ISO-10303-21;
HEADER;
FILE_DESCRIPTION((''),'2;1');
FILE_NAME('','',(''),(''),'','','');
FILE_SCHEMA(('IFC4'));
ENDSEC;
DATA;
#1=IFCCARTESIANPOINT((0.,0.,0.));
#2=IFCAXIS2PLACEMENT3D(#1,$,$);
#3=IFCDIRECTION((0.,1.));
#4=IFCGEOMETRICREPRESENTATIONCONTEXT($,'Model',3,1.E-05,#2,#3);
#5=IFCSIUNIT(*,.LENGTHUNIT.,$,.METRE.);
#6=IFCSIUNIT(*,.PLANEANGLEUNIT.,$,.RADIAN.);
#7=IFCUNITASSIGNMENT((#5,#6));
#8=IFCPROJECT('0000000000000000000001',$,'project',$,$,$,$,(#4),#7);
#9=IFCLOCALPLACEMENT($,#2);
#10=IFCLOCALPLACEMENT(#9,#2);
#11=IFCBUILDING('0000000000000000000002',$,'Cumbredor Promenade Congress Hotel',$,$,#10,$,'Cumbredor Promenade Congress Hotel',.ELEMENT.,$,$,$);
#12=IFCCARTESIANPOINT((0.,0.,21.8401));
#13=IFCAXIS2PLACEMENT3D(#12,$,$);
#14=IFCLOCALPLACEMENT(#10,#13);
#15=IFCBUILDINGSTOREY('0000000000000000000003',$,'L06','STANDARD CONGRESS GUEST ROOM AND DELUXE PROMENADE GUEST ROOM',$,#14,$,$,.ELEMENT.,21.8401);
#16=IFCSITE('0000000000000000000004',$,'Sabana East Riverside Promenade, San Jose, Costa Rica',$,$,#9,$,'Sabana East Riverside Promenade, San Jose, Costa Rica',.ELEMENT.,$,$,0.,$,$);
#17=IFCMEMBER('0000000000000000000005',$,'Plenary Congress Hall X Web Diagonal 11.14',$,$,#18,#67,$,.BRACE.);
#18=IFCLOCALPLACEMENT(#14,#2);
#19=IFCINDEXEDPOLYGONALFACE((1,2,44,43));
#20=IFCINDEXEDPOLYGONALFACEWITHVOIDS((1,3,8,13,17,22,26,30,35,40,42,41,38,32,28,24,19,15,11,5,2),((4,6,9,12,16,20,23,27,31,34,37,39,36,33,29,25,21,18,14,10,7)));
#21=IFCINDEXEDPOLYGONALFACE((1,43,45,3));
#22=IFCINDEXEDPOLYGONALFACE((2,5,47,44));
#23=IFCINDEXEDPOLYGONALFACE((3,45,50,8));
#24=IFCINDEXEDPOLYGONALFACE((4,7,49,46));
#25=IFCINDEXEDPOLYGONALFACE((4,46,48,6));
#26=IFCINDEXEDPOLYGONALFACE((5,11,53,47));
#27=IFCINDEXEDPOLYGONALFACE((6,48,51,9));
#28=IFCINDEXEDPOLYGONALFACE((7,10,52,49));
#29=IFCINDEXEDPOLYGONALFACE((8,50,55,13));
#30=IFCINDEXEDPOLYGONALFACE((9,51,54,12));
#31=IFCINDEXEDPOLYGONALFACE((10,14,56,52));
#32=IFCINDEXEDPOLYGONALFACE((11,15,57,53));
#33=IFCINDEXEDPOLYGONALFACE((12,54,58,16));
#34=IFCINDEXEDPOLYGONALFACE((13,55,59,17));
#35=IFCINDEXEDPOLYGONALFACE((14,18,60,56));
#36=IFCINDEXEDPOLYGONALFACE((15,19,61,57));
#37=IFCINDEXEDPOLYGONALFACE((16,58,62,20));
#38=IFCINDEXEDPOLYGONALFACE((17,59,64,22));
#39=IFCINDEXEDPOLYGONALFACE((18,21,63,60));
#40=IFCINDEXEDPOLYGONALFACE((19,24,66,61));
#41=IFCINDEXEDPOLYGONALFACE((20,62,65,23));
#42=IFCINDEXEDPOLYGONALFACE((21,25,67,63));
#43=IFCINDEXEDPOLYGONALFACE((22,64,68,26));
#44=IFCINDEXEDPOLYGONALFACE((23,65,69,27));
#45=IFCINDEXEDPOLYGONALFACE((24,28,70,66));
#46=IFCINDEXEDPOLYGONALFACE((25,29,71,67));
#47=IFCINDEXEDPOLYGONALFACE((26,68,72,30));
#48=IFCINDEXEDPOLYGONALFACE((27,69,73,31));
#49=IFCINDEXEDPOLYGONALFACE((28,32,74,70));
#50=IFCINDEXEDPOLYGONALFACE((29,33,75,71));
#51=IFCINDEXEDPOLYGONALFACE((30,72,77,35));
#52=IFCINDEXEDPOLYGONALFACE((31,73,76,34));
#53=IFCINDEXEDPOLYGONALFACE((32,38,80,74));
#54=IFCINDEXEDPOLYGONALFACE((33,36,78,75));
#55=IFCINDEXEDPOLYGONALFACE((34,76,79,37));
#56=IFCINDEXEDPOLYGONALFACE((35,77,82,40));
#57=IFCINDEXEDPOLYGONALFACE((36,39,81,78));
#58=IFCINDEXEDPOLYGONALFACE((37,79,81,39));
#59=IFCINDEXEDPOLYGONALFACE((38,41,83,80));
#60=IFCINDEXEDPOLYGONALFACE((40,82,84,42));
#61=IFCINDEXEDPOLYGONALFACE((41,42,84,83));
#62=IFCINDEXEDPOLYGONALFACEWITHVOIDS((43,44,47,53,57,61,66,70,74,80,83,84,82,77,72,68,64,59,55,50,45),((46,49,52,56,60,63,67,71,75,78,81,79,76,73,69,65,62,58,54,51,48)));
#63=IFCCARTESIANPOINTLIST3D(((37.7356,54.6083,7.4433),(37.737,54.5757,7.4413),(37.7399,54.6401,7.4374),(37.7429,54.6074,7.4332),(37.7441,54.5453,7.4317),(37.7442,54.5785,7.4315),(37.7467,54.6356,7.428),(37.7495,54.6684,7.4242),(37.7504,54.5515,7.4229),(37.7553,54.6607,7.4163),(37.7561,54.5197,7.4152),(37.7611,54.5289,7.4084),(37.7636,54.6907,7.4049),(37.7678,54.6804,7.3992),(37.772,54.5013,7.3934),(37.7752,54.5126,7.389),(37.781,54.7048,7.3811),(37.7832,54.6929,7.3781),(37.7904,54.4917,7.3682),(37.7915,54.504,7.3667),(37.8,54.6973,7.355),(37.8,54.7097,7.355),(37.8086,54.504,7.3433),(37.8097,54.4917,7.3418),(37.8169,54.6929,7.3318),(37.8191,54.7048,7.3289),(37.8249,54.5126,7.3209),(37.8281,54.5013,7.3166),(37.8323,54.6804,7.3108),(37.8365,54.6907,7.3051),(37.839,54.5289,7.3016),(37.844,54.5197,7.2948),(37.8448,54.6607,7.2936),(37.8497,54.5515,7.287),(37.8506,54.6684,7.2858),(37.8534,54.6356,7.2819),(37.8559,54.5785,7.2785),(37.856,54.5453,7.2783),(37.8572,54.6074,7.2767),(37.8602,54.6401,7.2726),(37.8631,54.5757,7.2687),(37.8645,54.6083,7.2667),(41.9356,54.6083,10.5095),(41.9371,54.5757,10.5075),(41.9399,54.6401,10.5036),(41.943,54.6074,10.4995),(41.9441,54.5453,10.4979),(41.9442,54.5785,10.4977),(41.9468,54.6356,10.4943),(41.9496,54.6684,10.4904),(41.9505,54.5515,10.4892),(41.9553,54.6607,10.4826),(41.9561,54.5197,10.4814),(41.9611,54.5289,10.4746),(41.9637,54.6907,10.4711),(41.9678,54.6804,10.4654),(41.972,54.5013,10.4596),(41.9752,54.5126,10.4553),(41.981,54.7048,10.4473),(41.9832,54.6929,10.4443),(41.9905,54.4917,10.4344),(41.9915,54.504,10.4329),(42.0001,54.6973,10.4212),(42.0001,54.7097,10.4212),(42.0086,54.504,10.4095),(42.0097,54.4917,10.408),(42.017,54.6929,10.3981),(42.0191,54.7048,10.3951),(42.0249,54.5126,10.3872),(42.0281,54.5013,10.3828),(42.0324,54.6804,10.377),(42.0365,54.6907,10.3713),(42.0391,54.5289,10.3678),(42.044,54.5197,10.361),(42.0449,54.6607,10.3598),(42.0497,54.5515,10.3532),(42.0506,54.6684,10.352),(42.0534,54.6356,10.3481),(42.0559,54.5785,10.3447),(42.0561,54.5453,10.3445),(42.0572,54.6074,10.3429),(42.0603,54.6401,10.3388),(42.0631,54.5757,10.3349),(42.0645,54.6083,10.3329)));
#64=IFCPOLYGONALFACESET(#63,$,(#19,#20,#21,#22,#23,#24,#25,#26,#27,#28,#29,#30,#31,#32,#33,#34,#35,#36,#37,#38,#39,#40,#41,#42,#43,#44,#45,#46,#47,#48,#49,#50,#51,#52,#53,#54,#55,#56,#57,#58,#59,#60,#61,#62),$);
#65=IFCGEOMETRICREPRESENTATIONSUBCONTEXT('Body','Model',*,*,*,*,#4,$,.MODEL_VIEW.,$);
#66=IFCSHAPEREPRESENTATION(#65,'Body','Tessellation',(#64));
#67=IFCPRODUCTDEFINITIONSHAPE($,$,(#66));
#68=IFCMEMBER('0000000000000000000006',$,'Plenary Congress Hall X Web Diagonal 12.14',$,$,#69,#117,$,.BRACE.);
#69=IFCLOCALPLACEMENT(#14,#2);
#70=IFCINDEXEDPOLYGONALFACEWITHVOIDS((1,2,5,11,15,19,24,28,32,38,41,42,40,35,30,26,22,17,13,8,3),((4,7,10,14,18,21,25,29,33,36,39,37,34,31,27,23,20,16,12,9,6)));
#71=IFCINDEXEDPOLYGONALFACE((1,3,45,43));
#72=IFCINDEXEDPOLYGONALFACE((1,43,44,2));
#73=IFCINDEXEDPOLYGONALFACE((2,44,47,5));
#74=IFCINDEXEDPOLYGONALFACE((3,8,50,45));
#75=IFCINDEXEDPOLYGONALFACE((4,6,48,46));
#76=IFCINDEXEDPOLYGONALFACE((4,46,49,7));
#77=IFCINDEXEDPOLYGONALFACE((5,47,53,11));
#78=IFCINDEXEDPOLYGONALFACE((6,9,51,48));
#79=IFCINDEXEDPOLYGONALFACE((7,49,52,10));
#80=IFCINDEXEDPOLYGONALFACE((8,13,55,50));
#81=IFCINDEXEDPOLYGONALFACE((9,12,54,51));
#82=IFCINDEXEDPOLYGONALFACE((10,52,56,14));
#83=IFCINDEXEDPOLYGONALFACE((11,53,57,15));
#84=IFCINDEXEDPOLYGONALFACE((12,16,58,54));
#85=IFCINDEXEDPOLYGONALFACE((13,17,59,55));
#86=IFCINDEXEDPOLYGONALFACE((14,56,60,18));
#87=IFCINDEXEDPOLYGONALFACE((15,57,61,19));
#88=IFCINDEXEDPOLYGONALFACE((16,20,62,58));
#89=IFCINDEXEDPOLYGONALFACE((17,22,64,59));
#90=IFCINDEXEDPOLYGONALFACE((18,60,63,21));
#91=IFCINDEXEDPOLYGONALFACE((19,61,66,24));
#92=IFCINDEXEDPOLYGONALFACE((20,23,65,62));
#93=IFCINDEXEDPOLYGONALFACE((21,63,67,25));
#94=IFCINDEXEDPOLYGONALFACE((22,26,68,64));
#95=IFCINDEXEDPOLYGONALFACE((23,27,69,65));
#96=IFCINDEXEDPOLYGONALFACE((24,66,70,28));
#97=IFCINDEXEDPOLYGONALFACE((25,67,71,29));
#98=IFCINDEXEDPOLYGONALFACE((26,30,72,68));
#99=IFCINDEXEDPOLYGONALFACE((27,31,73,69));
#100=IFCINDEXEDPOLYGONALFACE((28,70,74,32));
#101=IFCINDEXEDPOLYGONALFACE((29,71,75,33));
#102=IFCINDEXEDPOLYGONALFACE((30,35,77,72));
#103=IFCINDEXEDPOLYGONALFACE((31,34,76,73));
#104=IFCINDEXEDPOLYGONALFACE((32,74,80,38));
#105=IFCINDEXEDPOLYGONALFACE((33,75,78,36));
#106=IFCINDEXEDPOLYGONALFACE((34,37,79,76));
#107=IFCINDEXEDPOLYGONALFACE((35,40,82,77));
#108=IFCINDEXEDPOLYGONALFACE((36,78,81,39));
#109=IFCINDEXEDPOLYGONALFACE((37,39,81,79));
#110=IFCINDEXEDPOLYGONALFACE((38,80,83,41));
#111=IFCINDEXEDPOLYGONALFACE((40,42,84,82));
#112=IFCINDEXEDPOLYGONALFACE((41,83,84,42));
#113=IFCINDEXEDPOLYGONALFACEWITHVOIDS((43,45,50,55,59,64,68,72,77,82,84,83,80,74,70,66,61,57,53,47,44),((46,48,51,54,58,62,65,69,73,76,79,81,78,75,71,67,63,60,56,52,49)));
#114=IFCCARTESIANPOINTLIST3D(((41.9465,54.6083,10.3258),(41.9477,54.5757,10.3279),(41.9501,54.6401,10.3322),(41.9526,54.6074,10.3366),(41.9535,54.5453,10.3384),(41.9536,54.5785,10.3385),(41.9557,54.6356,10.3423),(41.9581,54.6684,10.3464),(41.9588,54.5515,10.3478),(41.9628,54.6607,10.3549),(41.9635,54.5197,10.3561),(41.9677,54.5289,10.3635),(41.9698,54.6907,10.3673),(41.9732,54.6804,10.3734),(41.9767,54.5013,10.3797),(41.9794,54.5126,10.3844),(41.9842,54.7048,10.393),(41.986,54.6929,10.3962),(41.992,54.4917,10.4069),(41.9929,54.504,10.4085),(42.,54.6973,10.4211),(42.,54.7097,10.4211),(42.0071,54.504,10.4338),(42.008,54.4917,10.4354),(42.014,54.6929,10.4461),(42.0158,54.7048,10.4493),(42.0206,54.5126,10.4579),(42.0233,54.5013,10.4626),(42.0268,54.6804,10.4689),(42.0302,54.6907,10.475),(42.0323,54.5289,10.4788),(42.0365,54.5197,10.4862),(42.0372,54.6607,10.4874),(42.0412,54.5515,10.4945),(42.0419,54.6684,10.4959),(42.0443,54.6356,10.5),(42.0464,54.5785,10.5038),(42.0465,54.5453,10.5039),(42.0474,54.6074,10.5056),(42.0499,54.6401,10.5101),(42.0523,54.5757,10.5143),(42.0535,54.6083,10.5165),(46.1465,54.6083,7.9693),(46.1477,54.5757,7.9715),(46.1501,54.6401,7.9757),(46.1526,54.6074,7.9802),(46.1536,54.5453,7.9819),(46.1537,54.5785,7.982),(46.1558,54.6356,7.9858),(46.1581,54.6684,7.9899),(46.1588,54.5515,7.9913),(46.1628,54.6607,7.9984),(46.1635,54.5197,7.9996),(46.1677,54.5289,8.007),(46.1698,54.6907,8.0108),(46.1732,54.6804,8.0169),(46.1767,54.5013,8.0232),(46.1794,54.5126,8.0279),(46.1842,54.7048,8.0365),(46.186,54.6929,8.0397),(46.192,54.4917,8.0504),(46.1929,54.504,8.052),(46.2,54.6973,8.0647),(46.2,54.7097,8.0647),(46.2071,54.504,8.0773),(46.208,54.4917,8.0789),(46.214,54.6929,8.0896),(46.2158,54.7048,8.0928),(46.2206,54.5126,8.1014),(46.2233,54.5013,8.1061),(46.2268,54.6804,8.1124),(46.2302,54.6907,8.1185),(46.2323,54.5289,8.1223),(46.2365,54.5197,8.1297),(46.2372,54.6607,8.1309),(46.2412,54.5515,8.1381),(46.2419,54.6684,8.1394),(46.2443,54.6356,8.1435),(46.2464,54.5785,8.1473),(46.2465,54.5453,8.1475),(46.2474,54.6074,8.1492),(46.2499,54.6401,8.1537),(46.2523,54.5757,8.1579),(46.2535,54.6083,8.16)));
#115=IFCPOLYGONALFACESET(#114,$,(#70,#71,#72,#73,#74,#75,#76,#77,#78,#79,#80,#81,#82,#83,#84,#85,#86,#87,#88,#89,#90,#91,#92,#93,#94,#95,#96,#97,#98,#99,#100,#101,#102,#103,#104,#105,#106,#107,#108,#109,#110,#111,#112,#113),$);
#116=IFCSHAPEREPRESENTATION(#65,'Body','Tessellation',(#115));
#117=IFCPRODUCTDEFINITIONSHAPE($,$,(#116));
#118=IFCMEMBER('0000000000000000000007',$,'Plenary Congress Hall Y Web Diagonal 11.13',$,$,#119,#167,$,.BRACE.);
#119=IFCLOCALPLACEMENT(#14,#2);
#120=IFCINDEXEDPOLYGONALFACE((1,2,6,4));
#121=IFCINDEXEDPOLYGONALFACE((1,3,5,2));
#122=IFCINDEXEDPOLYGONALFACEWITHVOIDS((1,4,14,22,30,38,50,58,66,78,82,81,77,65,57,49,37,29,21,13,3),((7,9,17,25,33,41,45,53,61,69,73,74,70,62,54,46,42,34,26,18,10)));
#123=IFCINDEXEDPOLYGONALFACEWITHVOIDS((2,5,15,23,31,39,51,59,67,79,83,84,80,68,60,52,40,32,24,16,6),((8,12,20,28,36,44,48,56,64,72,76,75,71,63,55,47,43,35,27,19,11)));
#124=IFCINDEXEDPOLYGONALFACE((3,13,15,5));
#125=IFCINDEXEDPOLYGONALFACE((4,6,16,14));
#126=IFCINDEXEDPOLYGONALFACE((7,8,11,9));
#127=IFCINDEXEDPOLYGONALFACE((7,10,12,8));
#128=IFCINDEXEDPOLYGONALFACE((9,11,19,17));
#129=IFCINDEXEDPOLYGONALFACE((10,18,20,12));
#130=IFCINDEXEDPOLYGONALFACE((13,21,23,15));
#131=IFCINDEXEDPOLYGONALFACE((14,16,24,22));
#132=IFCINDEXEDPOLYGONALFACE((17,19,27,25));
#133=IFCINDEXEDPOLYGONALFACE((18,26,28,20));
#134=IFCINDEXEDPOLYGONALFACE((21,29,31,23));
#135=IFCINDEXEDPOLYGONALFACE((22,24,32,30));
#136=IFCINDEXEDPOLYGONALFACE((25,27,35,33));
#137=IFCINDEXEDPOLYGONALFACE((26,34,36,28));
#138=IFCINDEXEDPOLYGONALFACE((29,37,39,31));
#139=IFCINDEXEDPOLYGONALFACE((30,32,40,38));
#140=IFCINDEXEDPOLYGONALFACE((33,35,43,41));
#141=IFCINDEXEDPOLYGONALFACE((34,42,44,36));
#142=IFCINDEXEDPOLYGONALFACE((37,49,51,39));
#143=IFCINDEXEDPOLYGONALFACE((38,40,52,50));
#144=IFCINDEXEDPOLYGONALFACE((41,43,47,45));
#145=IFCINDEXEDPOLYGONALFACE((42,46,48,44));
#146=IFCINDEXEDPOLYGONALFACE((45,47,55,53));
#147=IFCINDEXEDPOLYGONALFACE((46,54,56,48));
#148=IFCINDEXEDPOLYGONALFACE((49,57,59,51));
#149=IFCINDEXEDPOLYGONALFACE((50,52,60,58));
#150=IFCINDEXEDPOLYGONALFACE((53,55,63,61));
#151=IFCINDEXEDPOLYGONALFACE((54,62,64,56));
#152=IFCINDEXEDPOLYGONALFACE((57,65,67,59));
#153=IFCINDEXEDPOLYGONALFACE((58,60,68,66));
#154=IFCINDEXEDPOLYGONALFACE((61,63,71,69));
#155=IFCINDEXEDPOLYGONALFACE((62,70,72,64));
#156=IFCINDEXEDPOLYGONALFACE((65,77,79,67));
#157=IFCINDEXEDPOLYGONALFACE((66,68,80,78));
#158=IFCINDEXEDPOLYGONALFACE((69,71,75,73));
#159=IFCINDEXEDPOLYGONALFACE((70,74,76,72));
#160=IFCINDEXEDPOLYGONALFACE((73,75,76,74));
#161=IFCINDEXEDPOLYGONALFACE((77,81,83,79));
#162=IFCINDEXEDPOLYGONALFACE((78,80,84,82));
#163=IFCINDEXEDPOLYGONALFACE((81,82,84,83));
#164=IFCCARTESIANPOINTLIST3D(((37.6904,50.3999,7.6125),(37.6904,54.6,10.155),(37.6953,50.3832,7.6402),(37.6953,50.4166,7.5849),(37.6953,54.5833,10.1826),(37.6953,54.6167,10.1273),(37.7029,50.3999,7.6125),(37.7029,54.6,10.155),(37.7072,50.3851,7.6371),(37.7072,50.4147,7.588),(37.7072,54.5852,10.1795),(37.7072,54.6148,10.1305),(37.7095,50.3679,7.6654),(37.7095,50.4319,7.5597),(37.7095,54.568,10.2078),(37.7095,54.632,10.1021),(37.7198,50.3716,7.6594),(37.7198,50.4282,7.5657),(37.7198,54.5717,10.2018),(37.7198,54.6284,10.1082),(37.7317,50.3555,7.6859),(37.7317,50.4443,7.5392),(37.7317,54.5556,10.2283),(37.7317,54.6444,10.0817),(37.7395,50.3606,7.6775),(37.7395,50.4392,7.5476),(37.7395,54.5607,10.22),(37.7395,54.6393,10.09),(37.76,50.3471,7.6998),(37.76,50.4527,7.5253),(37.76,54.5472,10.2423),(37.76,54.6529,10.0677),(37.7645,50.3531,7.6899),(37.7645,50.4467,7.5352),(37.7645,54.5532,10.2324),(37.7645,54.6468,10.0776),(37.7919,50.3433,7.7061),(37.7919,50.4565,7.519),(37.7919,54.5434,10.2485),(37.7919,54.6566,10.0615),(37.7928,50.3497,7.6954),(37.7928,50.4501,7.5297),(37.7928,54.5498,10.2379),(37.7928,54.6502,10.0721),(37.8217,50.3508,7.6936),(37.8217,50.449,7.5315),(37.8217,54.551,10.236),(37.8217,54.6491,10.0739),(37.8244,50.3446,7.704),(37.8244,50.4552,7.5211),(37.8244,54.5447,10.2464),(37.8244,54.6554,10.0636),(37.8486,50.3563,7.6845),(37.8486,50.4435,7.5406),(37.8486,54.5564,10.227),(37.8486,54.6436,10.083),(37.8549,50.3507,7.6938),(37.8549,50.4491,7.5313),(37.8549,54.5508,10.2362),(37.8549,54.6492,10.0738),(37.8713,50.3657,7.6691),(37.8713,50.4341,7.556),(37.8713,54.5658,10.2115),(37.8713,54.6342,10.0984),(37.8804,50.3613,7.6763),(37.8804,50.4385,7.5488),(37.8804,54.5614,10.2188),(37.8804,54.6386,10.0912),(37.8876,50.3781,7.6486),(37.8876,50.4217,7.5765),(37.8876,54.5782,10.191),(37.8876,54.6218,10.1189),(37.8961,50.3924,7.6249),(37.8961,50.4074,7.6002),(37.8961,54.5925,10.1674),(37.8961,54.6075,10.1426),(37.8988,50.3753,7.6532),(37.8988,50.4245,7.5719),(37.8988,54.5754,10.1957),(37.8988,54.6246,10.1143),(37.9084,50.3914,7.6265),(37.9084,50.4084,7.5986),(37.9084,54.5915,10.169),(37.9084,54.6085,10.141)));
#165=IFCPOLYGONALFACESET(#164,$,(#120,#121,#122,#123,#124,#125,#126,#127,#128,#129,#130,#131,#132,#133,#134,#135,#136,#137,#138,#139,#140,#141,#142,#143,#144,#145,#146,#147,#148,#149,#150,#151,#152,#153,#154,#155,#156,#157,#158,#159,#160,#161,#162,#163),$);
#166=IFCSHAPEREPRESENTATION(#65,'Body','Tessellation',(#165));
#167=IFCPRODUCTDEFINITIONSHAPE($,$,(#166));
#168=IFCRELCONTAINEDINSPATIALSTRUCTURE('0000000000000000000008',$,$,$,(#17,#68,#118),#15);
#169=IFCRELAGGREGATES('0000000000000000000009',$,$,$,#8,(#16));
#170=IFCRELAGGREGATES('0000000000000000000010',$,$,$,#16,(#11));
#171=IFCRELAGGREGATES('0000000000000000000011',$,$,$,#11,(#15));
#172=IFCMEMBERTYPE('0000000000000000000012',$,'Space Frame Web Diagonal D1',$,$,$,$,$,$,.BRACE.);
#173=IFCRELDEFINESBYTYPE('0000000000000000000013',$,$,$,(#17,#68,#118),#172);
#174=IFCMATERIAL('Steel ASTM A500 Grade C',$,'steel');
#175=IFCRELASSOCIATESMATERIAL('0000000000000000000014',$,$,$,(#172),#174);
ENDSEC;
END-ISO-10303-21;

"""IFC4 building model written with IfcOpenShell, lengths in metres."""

from ifc_helpers import new_model, si_unit, direction, frame, origin, origin_2d, place, context, subcontext, project, spatial, hollow_circle, extrude, material, material_profile, profile_set, type_object, element, save


model = new_model("IFC4")

# Units and contexts
model_context = context("Model", 3, precision=1e-05, world=origin(), true_north=direction((0.0, 1.0)))
body_context = subcontext(model_context, "Body", "Model", "MODEL_VIEW")
ifc_project = project(units=[si_unit("LENGTHUNIT", "METRE"), si_unit("PLANEANGLEUNIT", "RADIAN")], contexts=[model_context])

# Site, building, storey
site_placement = place(None, origin())
site = spatial("IfcSite", under=ifc_project, at=site_placement, Name="Sabana East Riverside Promenade, San Jose, Costa Rica", LongName="Sabana East Riverside Promenade, San Jose, Costa Rica", CompositionType="ELEMENT", RefElevation=0.0)
building_placement = place(site_placement, origin())
building = spatial("IfcBuilding", under=site, at=building_placement, Name="Cumbredor Promenade Congress Hotel", LongName="Cumbredor Promenade Congress Hotel", CompositionType="ELEMENT")
storey_placement = place(building_placement, frame((0.0, 0.0, 21.8401)))
storey = spatial("IfcBuildingStorey", under=building, at=storey_placement, Name="L06", Description="STANDARD CONGRESS GUEST ROOM AND DELUXE PROMENADE GUEST ROOM", CompositionType="ELEMENT", Elevation=21.8401)

# Members
ifc_material_1 = material(Name="Steel ASTM A500 Grade C", Category="steel")
ifc_material_profile_1 = material_profile(ifc_material_1, hollow_circle(Radius=0.1096, WallThickness=0.0125, at=origin_2d()), Name="CHS 219.1x12.5")
ifc_profile_set_1 = profile_set([ifc_material_profile_1], Name="Steel ASTM A500 Grade C")
member_type_1 = type_object("IfcMemberType", Name="Space Frame Web Diagonal D1", PredefinedType="BRACE", material=ifc_profile_set_1)
member_1_placement = place(storey_placement, frame((37.8, 54.6001, 7.355), z_axis=(0.807669, 0.0, 0.589636), x_axis=(0.0, 1.0, 0.0)))
element("IfcMember", 1, at=member_1_placement, inside=storey, type_object=member_type_1, Name="Plenary Congress Hall X Web Diagonal 11.14", PredefinedType="BRACE", context=body_context, shape_type="SweptSolid", body=[
    extrude(hollow_circle(Radius=0.1096, WallThickness=0.0125, at=origin_2d()), origin(), (0.0, 0.0, 1.0), 5.2002),
])
member_2_placement = place(storey_placement, frame((42.0, 54.6001, 10.4211), z_axis=(0.87211, 0.0, -0.48931), x_axis=(0.0, 1.0, 0.0)))
element("IfcMember", 2, at=member_2_placement, inside=storey, type_object=member_type_1, Name="Plenary Congress Hall X Web Diagonal 12.14", PredefinedType="BRACE", context=body_context, shape_type="SweptSolid", body=[
    extrude(hollow_circle(Radius=0.1096, WallThickness=0.0125, at=origin_2d()), origin(), (0.0, 0.0, 1.0), 4.8159),
])
member_3_placement = place(storey_placement, frame((37.8, 50.3999, 7.6125), z_axis=(0.0, 0.855477, 0.517841), x_axis=(-1.0, 0.0, 0.0)))
element("IfcMember", 3, at=member_3_placement, inside=storey, type_object=member_type_1, Name="Plenary Congress Hall Y Web Diagonal 11.13", PredefinedType="BRACE", context=body_context, shape_type="SweptSolid", body=[
    extrude(hollow_circle(Radius=0.1096, WallThickness=0.0125, at=origin_2d()), origin(), (0.0, 0.0, 1.0), 4.9097),
])

save(model, "model.ifc")
